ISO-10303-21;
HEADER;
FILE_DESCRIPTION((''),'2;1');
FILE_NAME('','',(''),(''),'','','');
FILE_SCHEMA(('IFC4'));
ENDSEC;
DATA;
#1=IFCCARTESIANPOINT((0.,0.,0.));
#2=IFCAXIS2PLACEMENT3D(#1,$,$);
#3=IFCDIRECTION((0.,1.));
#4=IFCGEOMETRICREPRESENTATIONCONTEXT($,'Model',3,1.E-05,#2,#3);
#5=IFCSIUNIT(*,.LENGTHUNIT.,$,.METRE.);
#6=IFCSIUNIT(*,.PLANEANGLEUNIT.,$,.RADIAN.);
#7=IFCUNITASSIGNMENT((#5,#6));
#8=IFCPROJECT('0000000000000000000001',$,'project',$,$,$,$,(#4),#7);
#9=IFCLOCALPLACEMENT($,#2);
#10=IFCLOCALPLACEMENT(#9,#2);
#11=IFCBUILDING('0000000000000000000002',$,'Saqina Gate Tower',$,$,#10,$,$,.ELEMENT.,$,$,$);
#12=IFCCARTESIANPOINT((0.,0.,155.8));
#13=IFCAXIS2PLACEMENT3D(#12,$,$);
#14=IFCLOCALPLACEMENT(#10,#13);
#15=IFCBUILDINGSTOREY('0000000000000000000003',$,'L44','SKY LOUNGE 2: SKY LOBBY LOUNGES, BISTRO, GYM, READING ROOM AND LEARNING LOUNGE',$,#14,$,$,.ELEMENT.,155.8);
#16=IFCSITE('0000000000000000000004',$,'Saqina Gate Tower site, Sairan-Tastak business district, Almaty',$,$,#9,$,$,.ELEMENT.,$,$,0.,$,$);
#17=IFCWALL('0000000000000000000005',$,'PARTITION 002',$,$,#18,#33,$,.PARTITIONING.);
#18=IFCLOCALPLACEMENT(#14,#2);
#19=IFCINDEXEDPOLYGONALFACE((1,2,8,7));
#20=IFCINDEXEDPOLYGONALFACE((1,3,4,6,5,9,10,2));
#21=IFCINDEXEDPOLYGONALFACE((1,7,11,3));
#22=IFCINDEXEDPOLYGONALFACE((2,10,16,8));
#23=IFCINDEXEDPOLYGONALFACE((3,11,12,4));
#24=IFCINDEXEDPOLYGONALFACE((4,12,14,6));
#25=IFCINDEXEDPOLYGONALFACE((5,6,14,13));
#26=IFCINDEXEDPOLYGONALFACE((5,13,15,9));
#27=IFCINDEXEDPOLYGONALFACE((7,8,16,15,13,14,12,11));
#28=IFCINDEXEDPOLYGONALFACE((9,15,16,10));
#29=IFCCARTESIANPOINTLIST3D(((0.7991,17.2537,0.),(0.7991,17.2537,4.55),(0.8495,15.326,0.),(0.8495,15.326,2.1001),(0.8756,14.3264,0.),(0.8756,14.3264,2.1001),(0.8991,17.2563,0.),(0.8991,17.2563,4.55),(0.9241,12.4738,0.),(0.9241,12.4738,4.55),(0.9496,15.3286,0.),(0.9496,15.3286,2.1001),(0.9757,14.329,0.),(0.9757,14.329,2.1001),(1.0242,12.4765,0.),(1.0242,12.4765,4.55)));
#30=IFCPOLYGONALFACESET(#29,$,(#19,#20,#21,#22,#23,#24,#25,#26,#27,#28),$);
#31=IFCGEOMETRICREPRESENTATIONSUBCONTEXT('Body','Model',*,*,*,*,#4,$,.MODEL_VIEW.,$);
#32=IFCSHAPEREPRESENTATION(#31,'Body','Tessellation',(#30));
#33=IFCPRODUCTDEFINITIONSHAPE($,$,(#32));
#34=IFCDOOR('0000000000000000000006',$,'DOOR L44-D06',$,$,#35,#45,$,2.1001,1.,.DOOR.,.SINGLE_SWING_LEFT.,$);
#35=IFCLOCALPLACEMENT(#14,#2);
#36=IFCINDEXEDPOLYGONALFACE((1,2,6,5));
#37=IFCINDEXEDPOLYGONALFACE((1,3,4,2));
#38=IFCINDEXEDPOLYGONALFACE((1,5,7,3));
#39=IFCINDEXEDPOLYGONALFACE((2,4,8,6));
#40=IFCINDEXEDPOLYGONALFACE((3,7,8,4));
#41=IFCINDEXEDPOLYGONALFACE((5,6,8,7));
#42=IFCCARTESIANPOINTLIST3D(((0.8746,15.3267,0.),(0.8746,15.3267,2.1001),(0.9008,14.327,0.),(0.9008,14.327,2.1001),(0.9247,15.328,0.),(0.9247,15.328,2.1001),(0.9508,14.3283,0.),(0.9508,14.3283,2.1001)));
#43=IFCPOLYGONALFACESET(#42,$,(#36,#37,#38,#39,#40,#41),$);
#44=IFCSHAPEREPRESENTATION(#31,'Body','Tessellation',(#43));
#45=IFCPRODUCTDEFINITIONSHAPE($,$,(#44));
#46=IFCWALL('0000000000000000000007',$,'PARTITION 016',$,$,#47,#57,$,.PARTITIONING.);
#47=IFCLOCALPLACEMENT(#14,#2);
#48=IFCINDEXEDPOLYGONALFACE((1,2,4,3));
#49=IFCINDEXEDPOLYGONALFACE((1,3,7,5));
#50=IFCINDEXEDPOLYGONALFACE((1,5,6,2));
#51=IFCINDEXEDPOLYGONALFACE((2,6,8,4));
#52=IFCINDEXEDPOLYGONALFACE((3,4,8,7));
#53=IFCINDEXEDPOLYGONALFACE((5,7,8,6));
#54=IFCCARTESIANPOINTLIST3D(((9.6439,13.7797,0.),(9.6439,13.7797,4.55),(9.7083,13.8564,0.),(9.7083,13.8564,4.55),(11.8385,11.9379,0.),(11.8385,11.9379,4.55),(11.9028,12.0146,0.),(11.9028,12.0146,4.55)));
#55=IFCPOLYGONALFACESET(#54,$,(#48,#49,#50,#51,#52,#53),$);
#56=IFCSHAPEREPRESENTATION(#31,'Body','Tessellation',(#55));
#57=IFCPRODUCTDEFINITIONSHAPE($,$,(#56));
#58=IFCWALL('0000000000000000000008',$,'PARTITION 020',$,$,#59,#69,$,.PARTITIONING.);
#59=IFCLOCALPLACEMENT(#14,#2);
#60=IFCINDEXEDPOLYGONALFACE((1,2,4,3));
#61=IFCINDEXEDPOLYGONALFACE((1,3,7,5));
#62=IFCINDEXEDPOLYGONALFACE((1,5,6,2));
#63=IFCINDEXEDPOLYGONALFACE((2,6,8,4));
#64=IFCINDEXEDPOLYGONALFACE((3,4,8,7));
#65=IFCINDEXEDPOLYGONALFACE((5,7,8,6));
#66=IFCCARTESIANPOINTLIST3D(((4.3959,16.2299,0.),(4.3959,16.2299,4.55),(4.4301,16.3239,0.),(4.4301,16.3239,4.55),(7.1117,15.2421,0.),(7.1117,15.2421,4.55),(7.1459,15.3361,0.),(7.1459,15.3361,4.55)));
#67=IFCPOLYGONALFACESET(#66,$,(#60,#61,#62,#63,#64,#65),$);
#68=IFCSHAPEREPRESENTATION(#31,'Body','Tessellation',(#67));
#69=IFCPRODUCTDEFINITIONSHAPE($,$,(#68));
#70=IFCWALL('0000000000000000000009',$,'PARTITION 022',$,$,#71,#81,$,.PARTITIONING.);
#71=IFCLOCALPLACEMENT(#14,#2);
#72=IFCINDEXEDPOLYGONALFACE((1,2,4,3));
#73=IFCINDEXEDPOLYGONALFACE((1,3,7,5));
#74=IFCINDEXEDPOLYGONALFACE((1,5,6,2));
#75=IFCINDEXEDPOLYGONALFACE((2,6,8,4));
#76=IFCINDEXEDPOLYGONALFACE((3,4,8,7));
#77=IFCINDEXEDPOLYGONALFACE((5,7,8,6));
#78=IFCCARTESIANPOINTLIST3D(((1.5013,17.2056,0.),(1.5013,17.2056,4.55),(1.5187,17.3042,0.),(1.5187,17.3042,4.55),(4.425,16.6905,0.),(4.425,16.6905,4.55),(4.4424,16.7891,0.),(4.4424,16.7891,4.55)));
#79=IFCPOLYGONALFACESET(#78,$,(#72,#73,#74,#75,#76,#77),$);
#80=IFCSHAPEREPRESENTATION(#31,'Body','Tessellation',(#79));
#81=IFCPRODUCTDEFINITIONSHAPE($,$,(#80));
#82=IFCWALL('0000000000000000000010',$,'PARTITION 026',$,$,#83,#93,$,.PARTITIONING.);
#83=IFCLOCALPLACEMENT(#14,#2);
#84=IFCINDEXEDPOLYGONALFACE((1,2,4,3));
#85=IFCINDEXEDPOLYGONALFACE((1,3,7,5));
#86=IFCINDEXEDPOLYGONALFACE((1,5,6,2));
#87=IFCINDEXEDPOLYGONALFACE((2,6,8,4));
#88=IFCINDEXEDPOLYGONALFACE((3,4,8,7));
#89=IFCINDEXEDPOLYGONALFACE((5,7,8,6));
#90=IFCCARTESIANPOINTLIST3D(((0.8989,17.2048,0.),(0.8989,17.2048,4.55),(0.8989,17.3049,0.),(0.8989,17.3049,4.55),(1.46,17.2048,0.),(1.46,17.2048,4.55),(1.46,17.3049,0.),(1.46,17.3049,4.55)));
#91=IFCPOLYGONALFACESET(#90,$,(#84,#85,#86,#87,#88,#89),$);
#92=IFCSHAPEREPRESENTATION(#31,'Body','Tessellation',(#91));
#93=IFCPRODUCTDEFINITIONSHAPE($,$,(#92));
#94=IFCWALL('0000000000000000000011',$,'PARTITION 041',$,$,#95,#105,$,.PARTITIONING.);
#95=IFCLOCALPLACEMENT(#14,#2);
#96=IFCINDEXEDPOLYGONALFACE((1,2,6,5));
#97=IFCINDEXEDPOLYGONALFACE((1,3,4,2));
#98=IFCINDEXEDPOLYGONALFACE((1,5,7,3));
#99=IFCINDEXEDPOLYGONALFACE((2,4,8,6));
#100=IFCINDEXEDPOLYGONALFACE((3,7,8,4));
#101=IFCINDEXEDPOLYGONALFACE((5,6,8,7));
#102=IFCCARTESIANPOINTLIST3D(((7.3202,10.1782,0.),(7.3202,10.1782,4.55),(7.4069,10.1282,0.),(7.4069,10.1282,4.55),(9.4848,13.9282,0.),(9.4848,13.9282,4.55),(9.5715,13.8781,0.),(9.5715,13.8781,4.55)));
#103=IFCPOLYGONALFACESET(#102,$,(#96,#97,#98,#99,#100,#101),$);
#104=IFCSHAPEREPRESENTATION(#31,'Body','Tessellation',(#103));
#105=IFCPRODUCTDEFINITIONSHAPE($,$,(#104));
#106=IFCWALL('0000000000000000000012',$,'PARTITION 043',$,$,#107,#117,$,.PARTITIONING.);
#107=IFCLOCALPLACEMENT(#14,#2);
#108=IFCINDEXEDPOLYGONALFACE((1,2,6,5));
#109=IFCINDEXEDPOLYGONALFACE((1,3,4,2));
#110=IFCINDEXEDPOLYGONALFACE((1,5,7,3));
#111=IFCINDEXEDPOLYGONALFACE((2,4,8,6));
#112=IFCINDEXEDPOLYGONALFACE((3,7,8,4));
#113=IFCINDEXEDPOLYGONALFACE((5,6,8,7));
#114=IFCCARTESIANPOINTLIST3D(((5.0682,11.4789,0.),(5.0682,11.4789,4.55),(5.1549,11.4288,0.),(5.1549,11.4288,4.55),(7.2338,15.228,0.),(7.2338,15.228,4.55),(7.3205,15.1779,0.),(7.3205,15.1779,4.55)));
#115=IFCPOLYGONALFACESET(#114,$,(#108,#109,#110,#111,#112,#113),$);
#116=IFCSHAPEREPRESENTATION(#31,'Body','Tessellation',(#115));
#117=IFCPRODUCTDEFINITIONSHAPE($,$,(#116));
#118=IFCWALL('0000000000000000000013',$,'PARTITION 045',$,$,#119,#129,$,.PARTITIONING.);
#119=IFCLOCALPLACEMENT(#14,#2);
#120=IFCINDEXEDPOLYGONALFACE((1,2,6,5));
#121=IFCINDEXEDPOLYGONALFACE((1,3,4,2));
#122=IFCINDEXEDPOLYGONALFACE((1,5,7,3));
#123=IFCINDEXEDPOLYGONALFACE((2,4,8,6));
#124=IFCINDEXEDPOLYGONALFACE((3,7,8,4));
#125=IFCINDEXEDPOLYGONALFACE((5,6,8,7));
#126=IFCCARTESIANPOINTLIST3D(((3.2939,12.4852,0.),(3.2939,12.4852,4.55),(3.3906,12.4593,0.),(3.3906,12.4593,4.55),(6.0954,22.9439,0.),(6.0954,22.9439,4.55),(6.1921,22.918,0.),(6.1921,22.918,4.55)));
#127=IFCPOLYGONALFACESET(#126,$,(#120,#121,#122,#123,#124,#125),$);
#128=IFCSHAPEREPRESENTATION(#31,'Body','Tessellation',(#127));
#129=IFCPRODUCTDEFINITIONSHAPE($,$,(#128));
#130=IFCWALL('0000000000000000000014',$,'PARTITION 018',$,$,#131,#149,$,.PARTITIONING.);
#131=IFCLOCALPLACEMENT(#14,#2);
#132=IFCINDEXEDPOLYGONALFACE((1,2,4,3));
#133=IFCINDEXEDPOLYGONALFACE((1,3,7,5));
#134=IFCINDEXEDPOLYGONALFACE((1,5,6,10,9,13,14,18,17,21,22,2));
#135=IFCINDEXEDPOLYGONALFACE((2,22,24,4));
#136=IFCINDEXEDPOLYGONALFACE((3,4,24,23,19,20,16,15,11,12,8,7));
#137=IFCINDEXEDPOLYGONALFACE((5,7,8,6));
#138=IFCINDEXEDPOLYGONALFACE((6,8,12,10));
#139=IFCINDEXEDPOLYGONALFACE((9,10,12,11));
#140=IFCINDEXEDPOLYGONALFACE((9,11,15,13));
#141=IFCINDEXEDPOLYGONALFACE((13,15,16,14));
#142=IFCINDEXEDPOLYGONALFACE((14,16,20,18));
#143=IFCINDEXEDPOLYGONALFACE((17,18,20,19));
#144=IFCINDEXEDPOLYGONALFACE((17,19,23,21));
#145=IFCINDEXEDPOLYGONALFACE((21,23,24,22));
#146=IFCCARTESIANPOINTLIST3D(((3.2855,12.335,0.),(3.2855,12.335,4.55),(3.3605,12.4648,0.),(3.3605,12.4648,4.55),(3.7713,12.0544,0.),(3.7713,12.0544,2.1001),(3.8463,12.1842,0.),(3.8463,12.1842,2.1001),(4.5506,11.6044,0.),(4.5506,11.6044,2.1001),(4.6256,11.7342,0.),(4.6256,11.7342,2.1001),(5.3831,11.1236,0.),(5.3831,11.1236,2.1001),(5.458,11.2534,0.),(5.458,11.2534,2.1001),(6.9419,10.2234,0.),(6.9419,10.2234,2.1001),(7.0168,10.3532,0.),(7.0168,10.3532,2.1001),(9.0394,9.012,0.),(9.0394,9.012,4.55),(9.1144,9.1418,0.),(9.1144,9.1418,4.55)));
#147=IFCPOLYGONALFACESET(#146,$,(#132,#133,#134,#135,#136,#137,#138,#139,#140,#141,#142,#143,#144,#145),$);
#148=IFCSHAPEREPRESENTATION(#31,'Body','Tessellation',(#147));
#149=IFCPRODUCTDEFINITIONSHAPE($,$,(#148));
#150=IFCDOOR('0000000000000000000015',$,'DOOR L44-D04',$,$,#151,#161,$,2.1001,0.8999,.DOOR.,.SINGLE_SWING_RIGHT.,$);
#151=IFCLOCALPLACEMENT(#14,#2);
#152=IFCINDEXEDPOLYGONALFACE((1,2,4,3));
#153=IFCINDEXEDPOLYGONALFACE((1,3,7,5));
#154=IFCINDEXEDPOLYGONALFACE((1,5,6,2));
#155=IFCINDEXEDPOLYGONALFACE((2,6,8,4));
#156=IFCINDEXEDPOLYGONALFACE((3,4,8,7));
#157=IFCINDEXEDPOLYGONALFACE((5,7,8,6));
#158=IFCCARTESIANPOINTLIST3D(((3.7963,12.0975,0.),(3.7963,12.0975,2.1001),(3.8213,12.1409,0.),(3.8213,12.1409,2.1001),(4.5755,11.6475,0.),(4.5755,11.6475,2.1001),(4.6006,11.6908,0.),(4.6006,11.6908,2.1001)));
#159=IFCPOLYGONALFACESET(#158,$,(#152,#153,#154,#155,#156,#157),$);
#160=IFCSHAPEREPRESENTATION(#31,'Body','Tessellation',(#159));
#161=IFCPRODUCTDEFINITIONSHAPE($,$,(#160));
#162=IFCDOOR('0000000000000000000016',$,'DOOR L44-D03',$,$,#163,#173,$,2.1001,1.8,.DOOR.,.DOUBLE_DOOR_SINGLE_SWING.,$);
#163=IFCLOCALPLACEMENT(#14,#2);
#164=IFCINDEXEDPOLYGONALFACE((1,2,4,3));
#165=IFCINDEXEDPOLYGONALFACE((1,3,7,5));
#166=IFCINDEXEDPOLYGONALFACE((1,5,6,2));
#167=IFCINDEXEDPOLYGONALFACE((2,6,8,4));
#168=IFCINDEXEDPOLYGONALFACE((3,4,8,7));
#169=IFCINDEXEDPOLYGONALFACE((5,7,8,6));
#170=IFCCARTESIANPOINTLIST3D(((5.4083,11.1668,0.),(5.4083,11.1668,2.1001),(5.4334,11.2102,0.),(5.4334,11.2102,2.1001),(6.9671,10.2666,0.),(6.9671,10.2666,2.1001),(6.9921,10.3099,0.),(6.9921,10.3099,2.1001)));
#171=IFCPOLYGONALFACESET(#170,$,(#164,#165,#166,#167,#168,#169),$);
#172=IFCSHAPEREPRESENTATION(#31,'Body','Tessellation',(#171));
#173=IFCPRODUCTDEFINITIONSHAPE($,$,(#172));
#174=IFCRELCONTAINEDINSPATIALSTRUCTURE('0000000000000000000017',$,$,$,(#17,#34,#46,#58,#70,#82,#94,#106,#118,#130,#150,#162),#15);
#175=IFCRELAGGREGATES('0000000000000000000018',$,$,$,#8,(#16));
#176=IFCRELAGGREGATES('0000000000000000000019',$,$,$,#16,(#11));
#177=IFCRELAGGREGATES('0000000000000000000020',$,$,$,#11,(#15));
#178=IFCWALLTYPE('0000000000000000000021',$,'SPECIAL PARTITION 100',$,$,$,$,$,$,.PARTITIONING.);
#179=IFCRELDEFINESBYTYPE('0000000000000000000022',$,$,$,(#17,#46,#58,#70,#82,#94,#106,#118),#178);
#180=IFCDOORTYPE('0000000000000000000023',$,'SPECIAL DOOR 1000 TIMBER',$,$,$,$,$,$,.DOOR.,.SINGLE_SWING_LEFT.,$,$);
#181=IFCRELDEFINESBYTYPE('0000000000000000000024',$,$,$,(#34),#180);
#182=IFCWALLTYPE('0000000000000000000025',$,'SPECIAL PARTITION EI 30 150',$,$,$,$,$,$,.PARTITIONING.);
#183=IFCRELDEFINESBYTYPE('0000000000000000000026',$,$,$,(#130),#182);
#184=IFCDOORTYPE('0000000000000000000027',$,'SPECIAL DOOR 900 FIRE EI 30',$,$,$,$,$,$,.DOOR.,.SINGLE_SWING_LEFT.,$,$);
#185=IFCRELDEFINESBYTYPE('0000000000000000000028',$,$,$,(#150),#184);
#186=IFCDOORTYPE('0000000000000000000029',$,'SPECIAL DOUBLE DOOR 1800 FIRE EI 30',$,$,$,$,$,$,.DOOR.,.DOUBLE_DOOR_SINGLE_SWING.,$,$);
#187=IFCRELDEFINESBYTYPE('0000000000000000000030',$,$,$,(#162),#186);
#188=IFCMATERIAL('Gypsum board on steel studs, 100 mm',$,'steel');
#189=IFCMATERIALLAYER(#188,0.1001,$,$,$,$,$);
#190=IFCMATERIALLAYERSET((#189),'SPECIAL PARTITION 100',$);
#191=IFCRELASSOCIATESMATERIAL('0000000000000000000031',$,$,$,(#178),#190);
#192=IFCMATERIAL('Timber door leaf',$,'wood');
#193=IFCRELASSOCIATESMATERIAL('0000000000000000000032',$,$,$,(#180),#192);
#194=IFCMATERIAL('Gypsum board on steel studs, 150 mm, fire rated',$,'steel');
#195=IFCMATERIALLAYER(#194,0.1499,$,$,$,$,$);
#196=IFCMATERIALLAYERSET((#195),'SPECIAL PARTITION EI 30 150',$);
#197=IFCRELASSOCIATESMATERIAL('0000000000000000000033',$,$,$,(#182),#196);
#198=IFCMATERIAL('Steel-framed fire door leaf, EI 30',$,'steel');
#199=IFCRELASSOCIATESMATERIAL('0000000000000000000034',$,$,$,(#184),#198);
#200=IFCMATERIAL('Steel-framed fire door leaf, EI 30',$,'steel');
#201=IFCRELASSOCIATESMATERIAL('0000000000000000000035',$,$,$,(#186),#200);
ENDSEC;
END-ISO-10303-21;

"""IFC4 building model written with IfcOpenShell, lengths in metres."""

from ifc_helpers import new_model, si_unit, direction, frame, frame_2d, origin, place, context, subcontext, project, spatial, rectangle, extrude, material, layer, layer_set, type_object, element, fill, save


model = new_model("IFC4")

# Units and contexts
model_context = context("Model", 3, precision=1e-05, world=origin(), true_north=direction((0.0, 1.0)))
body_context = subcontext(model_context, "Body", "Model", "MODEL_VIEW")
ifc_project = project(units=[si_unit("LENGTHUNIT", "METRE"), si_unit("PLANEANGLEUNIT", "RADIAN")], contexts=[model_context])

# Site, building, storey
site_placement = place(None, origin())
site = spatial("IfcSite", under=ifc_project, at=site_placement, Name="Saqina Gate Tower site, Sairan-Tastak business district, Almaty", CompositionType="ELEMENT", RefElevation=0.0)
building_placement = place(site_placement, origin())
building = spatial("IfcBuilding", under=site, at=building_placement, Name="Saqina Gate Tower", CompositionType="ELEMENT")
storey_placement = place(building_placement, frame((0.0, 0.0, 155.8)))
storey = spatial("IfcBuildingStorey", under=building, at=storey_placement, Name="L44", Description="SKY LOUNGE 2: SKY LOBBY LOUNGES, BISTRO, GYM, READING ROOM AND LEARNING LOUNGE", CompositionType="ELEMENT", Elevation=155.8)

# Wall, opening, door
ifc_material_1 = material(Name="Gypsum board on steel studs, 100 mm", Category="steel")
ifc_layer_1 = layer(ifc_material_1, 0.1001)
ifc_layer_set_1 = layer_set([ifc_layer_1], Name="SPECIAL PARTITION 100")
wall_type_1 = type_object("IfcWallType", Name="SPECIAL PARTITION 100", PredefinedType="PARTITIONING", material=ifc_layer_set_1)
wall_1_placement = place(storey_placement, frame((0.8491, 17.2549, 0.0), z_axis=(0.0, 0.0, 1.0), x_axis=(0.026143, -0.999658, 0.0)))
wall_1 = element("IfcWall", 1, at=wall_1_placement, inside=storey, type_object=wall_type_1, Name="PARTITION 002", PredefinedType="PARTITIONING", context=body_context, shape_type="SweptSolid", body=[
    extrude(rectangle(XDim=4.7815, YDim=0.1001, at=frame_2d((2.3906, 0.0))), origin(), (0.0, 0.0, 1.0), 4.55),
])
opening_1_placement = place(wall_1_placement, frame((1.9282, 0.0, 0.0)))
opening_1 = element("IfcOpeningElement", 2, at=opening_1_placement, cuts=wall_1, PredefinedType="OPENING", context=body_context, shape_type="SweptSolid", body=[
    extrude(rectangle(XDim=1.0, YDim=2.1001, at=frame_2d((0.5, 1.05))), frame((0.0, 0.062, 0.0), z_axis=(0.0, -1.0, 0.0), x_axis=(1.0, 0.0, 0.0)), (0.0, 0.0, 1.0), 0.124),
])
ifc_material_2 = material(Name="Timber door leaf", Category="wood")
door_type_1 = type_object("IfcDoorType", Name="SPECIAL DOOR 1000 TIMBER", OperationType="SINGLE_SWING_LEFT", PredefinedType="DOOR", material=ifc_material_2)
door_1_placement = place(opening_1_placement, frame((1.0, 0.0, 0.0), z_axis=(0.0, 0.0, 1.0), x_axis=(-1.0, 0.0, 0.0)))
door_1 = element("IfcDoor", 3, at=door_1_placement, inside=storey, type_object=door_type_1, Name="DOOR L44-D06", OperationType="SINGLE_SWING_LEFT", OverallHeight=2.1001, OverallWidth=1.0, PredefinedType="DOOR", context=body_context, shape_type="SweptSolid", body=[
    extrude(rectangle(XDim=1.0, YDim=2.1001, at=frame_2d((0.5, 1.05))), frame((0.0, 0.0249, 0.0), z_axis=(0.0, -1.0, 0.0), x_axis=(1.0, 0.0, 0.0)), (0.0, 0.0, 1.0), 0.05),
])
fill(opening_1, door_1)

# Walls
wall_2_placement = place(storey_placement, frame((9.676, 13.8181, 0.0), z_axis=(0.0, 0.0, 1.0), x_axis=(0.765988, -0.642854, 0.0)))
element("IfcWall", 4, at=wall_2_placement, inside=storey, type_object=wall_type_1, Name="PARTITION 016", PredefinedType="PARTITIONING", context=body_context, shape_type="SweptSolid", body=[
    extrude(rectangle(XDim=2.865, YDim=0.1001, at=frame_2d((1.4326, 0.0))), origin(), (0.0, 0.0, 1.0), 4.55),
])
wall_3_placement = place(storey_placement, frame((4.4131, 16.2769, 0.0), z_axis=(0.0, 0.0, 1.0), x_axis=(0.939769, -0.341811, 0.0)))
element("IfcWall", 5, at=wall_3_placement, inside=storey, type_object=wall_type_1, Name="PARTITION 020", PredefinedType="PARTITIONING", context=body_context, shape_type="SweptSolid", body=[
    extrude(rectangle(XDim=2.8899, YDim=0.1001, at=frame_2d((1.4448, 0.0))), origin(), (0.0, 0.0, 1.0), 4.55),
])
wall_4_placement = place(storey_placement, frame((1.51, 17.2549, 0.0), z_axis=(0.0, 0.0, 1.0), x_axis=(0.984832, -0.173513, 0.0)))
element("IfcWall", 6, at=wall_4_placement, inside=storey, type_object=wall_type_1, Name="PARTITION 022", PredefinedType="PARTITIONING", context=body_context, shape_type="SweptSolid", body=[
    extrude(rectangle(XDim=2.9688, YDim=0.1001, at=frame_2d((1.4844, 0.0))), origin(), (0.0, 0.0, 1.0), 4.55),
])
wall_5_placement = place(storey_placement, frame((0.8989, 17.2549, 0.0), z_axis=(0.0, 0.0, 1.0), x_axis=(1.0, 0.0, 0.0)))
element("IfcWall", 7, at=wall_5_placement, inside=storey, type_object=wall_type_1, Name="PARTITION 026", PredefinedType="PARTITIONING", context=body_context, shape_type="SweptSolid", body=[
    extrude(rectangle(XDim=0.561, YDim=0.1001, at=frame_2d((0.2805, 0.0))), origin(), (0.0, 0.0, 1.0), 4.55),
])
wall_6_placement = place(storey_placement, frame((7.3635, 10.1531, 0.0), z_axis=(0.0, 0.0, 1.0), x_axis=(0.499911, 0.866077, 0.0)))
element("IfcWall", 8, at=wall_6_placement, inside=storey, type_object=wall_type_1, Name="PARTITION 041", PredefinedType="PARTITIONING", context=body_context, shape_type="SweptSolid", body=[
    extrude(rectangle(XDim=4.3298, YDim=0.1001, at=frame_2d((2.165, 0.0))), origin(), (0.0, 0.0, 1.0), 4.55),
])
wall_7_placement = place(storey_placement, frame((5.1116, 11.4539, 0.0), z_axis=(0.0, 0.0, 1.0), x_axis=(0.500178, 0.865923, 0.0)))
element("IfcWall", 9, at=wall_7_placement, inside=storey, type_object=wall_type_1, Name="PARTITION 043", PredefinedType="PARTITIONING", context=body_context, shape_type="SweptSolid", body=[
    extrude(rectangle(XDim=4.3296, YDim=0.1001, at=frame_2d((2.1648, 0.0))), origin(), (0.0, 0.0, 1.0), 4.55),
])
wall_8_placement = place(storey_placement, frame((3.3423, 12.4724, 0.0), z_axis=(0.0, 0.0, 1.0), x_axis=(0.258742, 0.965947, 0.0)))
element("IfcWall", 10, at=wall_8_placement, inside=storey, type_object=wall_type_1, Name="PARTITION 045", PredefinedType="PARTITIONING", context=body_context, shape_type="SweptSolid", body=[
    extrude(rectangle(XDim=10.8274, YDim=0.1001, at=frame_2d((5.4136, 0.0))), origin(), (0.0, 0.0, 1.0), 4.55),
])

# Wall, openings, doors
ifc_material_3 = material(Name="Gypsum board on steel studs, 150 mm, fire rated", Category="steel")
ifc_layer_2 = layer(ifc_material_3, 0.1499)
ifc_layer_set_2 = layer_set([ifc_layer_2], Name="SPECIAL PARTITION EI 30 150")
wall_type_2 = type_object("IfcWallType", Name="SPECIAL PARTITION EI 30 150", PredefinedType="PARTITIONING", material=ifc_layer_set_2)
wall_9_placement = place(storey_placement, frame((3.323, 12.3999, 0.0), z_axis=(0.0, 0.0, 1.0), x_axis=(0.865962, -0.50011, 0.0)))
wall_9 = element("IfcWall", 11, at=wall_9_placement, inside=storey, type_object=wall_type_2, Name="PARTITION 018", PredefinedType="PARTITIONING", context=body_context, shape_type="SweptSolid", body=[
    extrude(rectangle(XDim=6.6445, YDim=0.1499, at=frame_2d((3.3223, 0.0))), origin(), (0.0, 0.0, 1.0), 4.55),
])
opening_2_placement = place(wall_9_placement, frame((2.4224, 0.0, 0.0)))
opening_2 = element("IfcOpeningElement", 12, at=opening_2_placement, cuts=wall_9, PredefinedType="OPENING", context=body_context, shape_type="SweptSolid", body=[
    extrude(rectangle(XDim=1.8, YDim=2.1001, at=frame_2d((0.8999, 1.05))), frame((0.0, 0.0869, 0.0), z_axis=(0.0, -1.0, 0.0), x_axis=(1.0, 0.0, 0.0)), (0.0, 0.0, 1.0), 0.1738),
])
opening_3_placement = place(wall_9_placement, frame((0.561, 0.0, 0.0)))
opening_3 = element("IfcOpeningElement", 13, at=opening_3_placement, cuts=wall_9, PredefinedType="OPENING", context=body_context, shape_type="SweptSolid", body=[
    extrude(rectangle(XDim=0.8999, YDim=2.1001, at=frame_2d((0.45, 1.05))), frame((0.0, 0.0869, 0.0), z_axis=(0.0, -1.0, 0.0), x_axis=(1.0, 0.0, 0.0)), (0.0, 0.0, 1.0), 0.1738),
])
ifc_material_4 = material(Name="Steel-framed fire door leaf, EI 30", Category="steel")
door_type_2 = type_object("IfcDoorType", Name="SPECIAL DOOR 900 FIRE EI 30", OperationType="SINGLE_SWING_LEFT", PredefinedType="DOOR", material=ifc_material_4)
door_2_placement = place(opening_3_placement, origin())
door_2 = element("IfcDoor", 14, at=door_2_placement, inside=storey, type_object=door_type_2, Name="DOOR L44-D04", OperationType="SINGLE_SWING_RIGHT", OverallHeight=2.1001, OverallWidth=0.8999, PredefinedType="DOOR", context=body_context, shape_type="SweptSolid", body=[
    extrude(rectangle(XDim=0.8999, YDim=2.1001, at=frame_2d((0.45, 1.05))), frame((0.0, 0.0249, 0.0), z_axis=(0.0, -1.0, 0.0), x_axis=(1.0, 0.0, 0.0)), (0.0, 0.0, 1.0), 0.05),
])
fill(opening_3, door_2)
ifc_material_5 = material(Name="Steel-framed fire door leaf, EI 30", Category="steel")
door_type_3 = type_object("IfcDoorType", Name="SPECIAL DOUBLE DOOR 1800 FIRE EI 30", OperationType="DOUBLE_DOOR_SINGLE_SWING", PredefinedType="DOOR", material=ifc_material_5)
door_3_placement = place(opening_2_placement, frame((1.8, 0.0, 0.0), z_axis=(0.0, 0.0, 1.0), x_axis=(-1.0, 0.0, 0.0)))
door_3 = element("IfcDoor", 15, at=door_3_placement, inside=storey, type_object=door_type_3, Name="DOOR L44-D03", OperationType="DOUBLE_DOOR_SINGLE_SWING", OverallHeight=2.1001, OverallWidth=1.8, PredefinedType="DOOR", context=body_context, shape_type="SweptSolid", body=[
    extrude(rectangle(XDim=1.8, YDim=2.1001, at=frame_2d((0.8999, 1.05))), frame((0.0, 0.0249, 0.0), z_axis=(0.0, -1.0, 0.0), x_axis=(1.0, 0.0, 0.0)), (0.0, 0.0, 1.0), 0.05),
])
fill(opening_2, door_3)

save(model, "model.ifc")
